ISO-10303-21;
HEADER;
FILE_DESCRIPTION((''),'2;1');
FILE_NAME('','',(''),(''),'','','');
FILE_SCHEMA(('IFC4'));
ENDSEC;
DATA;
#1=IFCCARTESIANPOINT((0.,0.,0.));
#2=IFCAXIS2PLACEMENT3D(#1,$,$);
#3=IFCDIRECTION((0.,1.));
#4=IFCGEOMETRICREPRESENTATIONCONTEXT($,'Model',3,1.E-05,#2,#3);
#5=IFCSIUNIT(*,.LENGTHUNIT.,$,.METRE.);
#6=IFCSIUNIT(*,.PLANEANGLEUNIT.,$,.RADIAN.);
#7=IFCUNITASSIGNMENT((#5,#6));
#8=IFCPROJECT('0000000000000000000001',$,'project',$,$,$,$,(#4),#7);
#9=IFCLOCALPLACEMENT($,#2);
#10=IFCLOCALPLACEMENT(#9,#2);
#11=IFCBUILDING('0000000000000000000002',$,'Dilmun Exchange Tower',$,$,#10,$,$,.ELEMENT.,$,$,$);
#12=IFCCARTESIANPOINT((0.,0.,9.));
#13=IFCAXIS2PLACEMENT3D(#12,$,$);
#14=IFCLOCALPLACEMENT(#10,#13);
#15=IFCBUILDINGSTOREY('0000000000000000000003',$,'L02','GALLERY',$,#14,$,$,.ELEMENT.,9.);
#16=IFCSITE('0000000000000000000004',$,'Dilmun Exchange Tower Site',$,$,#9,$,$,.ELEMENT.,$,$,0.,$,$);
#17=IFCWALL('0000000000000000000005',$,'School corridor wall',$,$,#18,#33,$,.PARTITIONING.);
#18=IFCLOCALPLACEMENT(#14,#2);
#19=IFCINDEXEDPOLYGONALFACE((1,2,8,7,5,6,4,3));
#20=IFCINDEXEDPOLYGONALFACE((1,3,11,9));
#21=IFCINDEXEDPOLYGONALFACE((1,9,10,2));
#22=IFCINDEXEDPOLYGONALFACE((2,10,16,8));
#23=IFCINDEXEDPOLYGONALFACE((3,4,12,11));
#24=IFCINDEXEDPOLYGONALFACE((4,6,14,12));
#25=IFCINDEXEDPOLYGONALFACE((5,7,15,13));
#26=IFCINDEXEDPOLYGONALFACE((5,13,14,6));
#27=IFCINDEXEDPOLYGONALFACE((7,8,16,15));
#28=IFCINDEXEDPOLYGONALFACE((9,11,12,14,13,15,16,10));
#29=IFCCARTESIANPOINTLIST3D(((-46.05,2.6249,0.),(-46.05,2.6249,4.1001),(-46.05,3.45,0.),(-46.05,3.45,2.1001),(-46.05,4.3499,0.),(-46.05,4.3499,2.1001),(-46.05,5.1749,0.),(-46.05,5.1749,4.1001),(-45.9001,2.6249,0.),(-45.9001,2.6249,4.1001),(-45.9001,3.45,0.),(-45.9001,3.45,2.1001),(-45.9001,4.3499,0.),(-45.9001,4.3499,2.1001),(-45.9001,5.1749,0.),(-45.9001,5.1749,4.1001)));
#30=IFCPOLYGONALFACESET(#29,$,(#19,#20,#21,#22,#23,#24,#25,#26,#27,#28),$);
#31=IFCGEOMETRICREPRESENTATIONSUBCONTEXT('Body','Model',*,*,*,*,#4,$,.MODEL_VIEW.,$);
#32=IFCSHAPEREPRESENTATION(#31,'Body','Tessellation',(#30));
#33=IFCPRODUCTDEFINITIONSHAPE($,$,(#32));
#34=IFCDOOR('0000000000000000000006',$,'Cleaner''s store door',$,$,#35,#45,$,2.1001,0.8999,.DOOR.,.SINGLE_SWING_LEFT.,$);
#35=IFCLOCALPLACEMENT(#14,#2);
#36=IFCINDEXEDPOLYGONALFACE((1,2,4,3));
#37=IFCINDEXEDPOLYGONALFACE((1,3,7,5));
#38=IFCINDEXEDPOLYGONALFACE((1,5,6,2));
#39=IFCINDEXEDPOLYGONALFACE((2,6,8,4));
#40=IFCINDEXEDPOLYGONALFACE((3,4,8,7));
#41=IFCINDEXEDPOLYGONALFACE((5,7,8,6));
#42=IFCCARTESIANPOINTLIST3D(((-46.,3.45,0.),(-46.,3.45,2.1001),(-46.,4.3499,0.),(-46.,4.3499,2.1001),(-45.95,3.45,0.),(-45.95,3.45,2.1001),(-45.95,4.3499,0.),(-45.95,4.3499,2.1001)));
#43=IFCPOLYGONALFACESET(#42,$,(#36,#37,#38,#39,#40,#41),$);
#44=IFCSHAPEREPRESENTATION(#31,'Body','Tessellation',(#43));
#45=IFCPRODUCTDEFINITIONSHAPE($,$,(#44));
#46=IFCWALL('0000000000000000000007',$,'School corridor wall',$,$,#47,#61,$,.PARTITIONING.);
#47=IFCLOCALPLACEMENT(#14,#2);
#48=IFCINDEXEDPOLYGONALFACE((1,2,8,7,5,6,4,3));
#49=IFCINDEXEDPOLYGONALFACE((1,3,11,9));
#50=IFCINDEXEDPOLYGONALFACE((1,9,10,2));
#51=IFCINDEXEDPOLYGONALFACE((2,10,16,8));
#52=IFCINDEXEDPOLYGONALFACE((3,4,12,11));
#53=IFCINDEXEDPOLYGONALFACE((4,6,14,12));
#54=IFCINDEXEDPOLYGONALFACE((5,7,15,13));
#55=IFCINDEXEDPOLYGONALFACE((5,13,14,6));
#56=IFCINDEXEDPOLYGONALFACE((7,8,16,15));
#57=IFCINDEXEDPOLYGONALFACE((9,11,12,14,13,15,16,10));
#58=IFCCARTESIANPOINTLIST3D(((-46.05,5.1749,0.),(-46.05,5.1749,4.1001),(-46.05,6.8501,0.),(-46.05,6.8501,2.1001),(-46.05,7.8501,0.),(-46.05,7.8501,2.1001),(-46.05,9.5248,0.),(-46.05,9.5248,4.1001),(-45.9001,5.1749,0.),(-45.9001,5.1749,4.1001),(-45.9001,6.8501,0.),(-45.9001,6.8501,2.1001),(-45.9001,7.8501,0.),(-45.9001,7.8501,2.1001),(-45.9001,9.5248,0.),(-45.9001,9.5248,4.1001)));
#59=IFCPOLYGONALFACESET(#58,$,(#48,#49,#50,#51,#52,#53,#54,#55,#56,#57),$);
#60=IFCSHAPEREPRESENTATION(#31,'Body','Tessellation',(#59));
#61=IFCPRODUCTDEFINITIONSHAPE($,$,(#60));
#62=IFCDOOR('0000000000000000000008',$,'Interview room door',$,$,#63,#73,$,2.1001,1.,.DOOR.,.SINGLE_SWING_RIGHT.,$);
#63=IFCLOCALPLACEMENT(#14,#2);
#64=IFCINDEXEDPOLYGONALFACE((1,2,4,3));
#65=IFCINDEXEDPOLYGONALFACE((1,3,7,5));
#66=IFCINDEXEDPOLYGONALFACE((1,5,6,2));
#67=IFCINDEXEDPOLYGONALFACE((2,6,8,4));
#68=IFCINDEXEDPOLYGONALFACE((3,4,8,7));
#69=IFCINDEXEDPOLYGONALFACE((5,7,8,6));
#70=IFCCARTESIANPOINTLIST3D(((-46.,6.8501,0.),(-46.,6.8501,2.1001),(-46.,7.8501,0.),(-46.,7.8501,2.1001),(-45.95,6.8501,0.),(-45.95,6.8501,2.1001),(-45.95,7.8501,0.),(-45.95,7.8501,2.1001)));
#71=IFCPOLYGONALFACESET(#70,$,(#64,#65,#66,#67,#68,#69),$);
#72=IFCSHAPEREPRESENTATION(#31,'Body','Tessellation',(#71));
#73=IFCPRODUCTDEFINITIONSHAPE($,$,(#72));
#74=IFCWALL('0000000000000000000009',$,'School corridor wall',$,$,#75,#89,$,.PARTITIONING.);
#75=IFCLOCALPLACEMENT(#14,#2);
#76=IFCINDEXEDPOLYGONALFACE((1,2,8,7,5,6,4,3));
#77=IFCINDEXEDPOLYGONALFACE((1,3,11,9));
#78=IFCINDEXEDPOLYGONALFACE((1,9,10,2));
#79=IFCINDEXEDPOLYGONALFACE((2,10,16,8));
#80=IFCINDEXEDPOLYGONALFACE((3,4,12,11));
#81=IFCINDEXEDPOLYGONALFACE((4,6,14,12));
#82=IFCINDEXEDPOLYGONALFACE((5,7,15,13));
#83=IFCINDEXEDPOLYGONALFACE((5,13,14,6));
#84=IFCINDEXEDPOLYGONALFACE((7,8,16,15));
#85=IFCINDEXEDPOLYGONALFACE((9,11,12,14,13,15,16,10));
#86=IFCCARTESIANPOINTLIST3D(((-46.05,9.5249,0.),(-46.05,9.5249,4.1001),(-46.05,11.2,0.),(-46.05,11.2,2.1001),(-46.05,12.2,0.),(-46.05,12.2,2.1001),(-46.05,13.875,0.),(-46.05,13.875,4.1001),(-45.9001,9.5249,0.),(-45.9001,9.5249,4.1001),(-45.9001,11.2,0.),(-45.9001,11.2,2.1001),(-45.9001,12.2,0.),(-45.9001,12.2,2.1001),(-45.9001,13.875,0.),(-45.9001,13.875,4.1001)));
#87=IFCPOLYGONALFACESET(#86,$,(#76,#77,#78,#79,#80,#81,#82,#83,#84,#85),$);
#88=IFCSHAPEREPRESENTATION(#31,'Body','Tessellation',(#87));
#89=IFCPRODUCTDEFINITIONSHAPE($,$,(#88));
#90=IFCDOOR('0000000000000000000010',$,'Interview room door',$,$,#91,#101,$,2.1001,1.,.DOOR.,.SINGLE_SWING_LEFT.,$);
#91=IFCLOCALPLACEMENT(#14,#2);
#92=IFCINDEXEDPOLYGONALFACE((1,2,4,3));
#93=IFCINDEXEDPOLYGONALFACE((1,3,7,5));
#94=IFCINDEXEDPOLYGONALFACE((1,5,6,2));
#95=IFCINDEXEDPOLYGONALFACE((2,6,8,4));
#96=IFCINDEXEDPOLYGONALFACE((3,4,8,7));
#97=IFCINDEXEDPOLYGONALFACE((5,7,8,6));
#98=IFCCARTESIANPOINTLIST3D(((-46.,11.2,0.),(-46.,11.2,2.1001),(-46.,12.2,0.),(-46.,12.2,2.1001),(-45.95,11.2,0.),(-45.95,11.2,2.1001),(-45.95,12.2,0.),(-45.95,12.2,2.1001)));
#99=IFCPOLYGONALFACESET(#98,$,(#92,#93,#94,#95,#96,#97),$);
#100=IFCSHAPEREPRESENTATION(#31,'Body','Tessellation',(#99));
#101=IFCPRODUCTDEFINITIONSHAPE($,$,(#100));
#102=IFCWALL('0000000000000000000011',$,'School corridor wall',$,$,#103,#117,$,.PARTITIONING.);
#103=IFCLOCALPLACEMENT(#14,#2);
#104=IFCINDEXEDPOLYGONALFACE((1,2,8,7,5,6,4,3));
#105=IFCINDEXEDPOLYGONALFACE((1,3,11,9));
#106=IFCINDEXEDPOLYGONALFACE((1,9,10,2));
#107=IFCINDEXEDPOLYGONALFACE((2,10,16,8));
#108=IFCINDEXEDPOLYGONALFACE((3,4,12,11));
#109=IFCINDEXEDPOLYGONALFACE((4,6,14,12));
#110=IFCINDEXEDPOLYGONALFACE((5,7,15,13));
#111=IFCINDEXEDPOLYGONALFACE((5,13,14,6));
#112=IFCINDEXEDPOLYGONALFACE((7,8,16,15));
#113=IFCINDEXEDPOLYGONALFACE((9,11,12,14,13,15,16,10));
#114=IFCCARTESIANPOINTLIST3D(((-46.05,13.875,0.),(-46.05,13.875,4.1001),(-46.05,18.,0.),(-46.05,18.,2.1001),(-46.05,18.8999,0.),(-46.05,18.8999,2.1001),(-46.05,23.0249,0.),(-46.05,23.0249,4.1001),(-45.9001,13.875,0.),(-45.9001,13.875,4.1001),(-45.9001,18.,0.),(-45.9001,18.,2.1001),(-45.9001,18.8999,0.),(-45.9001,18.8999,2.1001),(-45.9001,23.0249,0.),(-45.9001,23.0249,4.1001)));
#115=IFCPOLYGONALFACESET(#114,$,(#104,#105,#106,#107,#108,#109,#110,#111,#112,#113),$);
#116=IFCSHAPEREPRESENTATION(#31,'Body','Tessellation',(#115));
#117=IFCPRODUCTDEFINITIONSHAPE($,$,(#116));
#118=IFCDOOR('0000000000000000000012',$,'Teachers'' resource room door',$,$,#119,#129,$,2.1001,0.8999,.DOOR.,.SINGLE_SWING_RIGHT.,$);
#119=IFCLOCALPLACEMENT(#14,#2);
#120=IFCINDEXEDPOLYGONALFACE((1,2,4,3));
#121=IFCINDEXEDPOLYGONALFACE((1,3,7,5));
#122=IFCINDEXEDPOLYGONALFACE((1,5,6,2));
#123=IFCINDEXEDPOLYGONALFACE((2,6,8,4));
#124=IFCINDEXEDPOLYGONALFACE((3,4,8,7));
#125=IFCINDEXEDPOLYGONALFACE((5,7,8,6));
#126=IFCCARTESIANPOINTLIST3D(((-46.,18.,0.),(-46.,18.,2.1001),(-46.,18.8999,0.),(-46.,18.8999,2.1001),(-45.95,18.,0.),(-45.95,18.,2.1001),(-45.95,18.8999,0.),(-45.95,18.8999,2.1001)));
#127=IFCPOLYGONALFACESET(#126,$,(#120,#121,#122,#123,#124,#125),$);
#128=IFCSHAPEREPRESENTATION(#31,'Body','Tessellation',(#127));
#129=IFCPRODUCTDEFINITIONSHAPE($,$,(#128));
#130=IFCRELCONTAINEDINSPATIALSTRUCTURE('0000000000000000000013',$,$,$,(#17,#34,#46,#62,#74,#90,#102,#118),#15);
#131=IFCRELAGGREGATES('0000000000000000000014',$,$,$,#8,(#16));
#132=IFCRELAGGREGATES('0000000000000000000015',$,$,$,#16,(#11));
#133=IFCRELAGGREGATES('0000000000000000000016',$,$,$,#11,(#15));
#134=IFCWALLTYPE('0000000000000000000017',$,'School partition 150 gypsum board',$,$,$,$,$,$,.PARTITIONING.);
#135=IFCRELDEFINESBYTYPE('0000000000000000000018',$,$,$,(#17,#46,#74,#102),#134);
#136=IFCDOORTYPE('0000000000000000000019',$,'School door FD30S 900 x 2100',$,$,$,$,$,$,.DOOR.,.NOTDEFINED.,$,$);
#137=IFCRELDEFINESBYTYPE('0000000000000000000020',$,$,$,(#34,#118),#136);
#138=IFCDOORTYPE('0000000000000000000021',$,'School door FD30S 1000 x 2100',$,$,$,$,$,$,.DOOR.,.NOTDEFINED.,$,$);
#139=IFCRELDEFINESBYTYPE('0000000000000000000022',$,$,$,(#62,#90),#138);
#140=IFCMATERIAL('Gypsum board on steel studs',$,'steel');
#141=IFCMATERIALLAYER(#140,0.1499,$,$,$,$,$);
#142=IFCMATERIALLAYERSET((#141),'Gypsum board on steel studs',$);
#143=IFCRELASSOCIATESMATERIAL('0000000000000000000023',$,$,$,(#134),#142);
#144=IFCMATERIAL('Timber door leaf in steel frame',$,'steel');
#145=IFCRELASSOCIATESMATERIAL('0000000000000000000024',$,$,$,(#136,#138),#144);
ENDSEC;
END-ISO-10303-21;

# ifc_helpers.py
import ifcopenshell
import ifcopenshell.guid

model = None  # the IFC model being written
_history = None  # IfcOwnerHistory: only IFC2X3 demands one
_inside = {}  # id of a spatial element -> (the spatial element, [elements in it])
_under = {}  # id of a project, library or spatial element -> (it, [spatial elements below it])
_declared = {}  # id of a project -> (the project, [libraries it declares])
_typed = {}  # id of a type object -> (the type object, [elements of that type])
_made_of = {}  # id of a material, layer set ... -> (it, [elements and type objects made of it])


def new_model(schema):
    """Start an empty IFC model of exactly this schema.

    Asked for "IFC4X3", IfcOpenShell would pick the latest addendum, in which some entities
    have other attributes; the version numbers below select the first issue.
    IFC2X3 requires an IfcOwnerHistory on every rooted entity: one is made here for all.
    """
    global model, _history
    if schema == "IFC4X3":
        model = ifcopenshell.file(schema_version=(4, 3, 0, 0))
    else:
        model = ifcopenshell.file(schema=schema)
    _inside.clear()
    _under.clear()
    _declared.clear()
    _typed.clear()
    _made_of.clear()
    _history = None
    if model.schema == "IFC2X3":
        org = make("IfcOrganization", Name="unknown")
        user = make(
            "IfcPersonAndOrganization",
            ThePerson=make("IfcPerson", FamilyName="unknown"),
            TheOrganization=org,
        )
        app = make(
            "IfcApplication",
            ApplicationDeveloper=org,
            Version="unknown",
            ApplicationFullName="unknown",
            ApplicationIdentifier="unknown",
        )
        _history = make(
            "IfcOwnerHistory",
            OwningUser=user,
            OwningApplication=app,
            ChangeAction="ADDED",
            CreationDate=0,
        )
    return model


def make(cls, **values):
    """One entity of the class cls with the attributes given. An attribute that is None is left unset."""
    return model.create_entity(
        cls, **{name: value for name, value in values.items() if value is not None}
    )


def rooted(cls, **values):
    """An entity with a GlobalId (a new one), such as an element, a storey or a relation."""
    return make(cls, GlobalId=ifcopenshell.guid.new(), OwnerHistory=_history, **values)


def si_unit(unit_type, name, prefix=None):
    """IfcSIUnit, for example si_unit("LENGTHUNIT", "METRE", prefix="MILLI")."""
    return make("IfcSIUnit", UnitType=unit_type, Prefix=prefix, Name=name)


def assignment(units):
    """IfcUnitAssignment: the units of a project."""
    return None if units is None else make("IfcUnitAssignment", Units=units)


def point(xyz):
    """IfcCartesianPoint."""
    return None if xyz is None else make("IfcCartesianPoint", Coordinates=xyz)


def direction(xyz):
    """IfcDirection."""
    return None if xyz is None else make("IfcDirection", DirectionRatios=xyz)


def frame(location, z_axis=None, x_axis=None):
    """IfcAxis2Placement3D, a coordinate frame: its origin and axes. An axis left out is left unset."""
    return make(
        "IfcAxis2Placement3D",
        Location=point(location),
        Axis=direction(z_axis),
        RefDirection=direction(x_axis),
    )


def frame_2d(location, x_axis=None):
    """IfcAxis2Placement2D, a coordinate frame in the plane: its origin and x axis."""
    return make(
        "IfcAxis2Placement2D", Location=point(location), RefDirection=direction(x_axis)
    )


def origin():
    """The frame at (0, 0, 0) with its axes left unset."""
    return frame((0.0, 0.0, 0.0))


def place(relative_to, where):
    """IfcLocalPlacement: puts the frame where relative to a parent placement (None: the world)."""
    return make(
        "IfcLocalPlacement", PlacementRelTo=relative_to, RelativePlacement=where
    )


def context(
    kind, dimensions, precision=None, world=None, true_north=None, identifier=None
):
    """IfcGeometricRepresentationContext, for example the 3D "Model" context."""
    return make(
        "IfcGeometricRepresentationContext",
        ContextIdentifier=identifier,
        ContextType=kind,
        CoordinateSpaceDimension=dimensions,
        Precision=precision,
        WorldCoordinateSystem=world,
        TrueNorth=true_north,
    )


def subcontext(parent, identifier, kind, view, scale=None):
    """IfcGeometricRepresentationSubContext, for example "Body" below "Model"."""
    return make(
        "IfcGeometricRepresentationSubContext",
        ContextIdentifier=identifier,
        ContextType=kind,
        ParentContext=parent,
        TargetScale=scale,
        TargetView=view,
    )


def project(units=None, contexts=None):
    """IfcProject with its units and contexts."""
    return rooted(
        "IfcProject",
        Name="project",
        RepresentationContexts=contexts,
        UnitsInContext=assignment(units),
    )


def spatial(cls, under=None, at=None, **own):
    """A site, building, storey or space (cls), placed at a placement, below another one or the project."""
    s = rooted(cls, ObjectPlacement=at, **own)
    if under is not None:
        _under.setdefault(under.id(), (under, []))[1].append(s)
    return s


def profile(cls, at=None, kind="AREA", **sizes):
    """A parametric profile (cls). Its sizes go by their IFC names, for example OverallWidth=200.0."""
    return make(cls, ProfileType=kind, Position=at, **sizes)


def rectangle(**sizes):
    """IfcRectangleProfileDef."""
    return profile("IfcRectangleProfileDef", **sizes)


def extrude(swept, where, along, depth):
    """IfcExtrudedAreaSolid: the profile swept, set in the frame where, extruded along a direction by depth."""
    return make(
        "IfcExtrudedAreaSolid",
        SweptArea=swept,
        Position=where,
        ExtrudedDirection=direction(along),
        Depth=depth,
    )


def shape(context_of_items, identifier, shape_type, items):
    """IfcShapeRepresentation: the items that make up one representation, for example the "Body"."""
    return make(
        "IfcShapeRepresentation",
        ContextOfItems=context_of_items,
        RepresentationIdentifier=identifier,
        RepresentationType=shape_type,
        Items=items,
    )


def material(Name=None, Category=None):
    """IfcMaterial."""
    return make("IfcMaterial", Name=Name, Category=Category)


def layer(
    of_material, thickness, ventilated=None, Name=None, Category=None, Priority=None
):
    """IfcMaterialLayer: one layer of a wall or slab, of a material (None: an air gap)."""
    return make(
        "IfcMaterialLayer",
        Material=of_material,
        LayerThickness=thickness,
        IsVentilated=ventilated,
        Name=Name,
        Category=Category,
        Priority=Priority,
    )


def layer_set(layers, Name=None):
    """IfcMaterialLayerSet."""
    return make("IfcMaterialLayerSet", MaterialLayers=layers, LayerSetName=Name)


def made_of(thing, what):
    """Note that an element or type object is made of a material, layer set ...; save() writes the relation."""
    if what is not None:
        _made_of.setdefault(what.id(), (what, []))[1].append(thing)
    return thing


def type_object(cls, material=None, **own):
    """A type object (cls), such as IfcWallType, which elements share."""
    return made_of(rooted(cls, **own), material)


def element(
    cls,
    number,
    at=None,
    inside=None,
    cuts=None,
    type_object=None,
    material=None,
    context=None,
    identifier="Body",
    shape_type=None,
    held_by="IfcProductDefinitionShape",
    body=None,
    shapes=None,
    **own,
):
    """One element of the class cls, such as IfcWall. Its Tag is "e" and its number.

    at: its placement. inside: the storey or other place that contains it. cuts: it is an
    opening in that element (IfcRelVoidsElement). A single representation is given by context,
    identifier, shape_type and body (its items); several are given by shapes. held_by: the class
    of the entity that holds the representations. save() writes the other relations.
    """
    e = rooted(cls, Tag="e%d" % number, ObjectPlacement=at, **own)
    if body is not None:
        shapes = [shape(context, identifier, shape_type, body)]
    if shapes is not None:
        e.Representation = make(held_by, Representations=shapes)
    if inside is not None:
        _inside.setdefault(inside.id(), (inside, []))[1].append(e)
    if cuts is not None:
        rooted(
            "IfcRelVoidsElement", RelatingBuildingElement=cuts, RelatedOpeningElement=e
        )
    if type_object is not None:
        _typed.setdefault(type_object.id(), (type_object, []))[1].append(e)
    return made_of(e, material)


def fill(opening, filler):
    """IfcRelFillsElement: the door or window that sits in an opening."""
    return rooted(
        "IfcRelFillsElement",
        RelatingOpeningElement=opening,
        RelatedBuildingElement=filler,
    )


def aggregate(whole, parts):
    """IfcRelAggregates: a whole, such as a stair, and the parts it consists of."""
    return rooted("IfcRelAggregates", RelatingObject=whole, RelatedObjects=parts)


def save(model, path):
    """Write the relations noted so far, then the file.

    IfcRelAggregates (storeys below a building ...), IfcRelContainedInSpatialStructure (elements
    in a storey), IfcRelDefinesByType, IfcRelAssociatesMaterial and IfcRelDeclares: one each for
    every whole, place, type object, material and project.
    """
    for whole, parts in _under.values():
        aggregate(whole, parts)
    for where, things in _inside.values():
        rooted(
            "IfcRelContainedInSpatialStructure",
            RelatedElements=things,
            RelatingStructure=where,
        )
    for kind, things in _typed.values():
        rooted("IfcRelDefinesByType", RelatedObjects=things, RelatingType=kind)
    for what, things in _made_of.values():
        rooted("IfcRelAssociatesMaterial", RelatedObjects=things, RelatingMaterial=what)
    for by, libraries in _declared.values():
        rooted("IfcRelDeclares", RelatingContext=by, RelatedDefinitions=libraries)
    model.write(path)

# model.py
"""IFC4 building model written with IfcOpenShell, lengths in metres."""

from ifc_helpers import new_model, si_unit, direction, frame, frame_2d, origin, place, context, subcontext, project, spatial, rectangle, extrude, material, layer, layer_set, type_object, element, fill, save


model = new_model("IFC4")

# Units and contexts
model_context = context("Model", 3, precision=1e-05, world=origin(), true_north=direction((0.0, 1.0)))
body_context = subcontext(model_context, "Body", "Model", "MODEL_VIEW")
ifc_project = project(units=[si_unit("LENGTHUNIT", "METRE"), si_unit("PLANEANGLEUNIT", "RADIAN")], contexts=[model_context])

# Site, building, storey
site_placement = place(None, origin())
site = spatial("IfcSite", under=ifc_project, at=site_placement, Name="Dilmun Exchange Tower Site", CompositionType="ELEMENT", RefElevation=0.0)
building_placement = place(site_placement, origin())
building = spatial("IfcBuilding", under=site, at=building_placement, Name="Dilmun Exchange Tower", CompositionType="ELEMENT")
storey_placement = place(building_placement, frame((0.0, 0.0, 9.0)))
storey = spatial("IfcBuildingStorey", under=building, at=storey_placement, Name="L02", Description="GALLERY", CompositionType="ELEMENT", Elevation=9.0)

# Shared definitions
ifc_material_1 = material(Name="Gypsum board on steel studs", Category="steel")
ifc_layer_1 = layer(ifc_material_1, 0.1499)
ifc_layer_set_1 = layer_set([ifc_layer_1], Name="Gypsum board on steel studs")
wall_type_1 = type_object("IfcWallType", Name="School partition 150 gypsum board", PredefinedType="PARTITIONING", material=ifc_layer_set_1)

# Walls, openings, doors
ifc_material_2 = material(Name="Timber door leaf in steel frame", Category="steel")
door_type_1 = type_object("IfcDoorType", Name="School door FD30S 900 x 2100", OperationType="NOTDEFINED", PredefinedType="DOOR", material=ifc_material_2)
door_type_2 = type_object("IfcDoorType", Name="School door FD30S 1000 x 2100", OperationType="NOTDEFINED", PredefinedType="DOOR", material=ifc_material_2)
wall_1_placement = place(storey_placement, frame((-45.9751, 2.625, 0.0), z_axis=(0.0, 0.0, 1.0), x_axis=(0.0, 1.0, 0.0)))
wall_1 = element("IfcWall", 1, at=wall_1_placement, inside=storey, type_object=wall_type_1, Name="School corridor wall", PredefinedType="PARTITIONING", context=body_context, shape_type="SweptSolid", body=[
    extrude(rectangle(XDim=2.55, YDim=0.1499, at=frame_2d((1.2749, 0.0))), origin(), (0.0, 0.0, 1.0), 4.1001),
])
opening_1_placement = place(wall_1_placement, frame((0.825, 0.0, 0.0)))
opening_1 = element("IfcOpeningElement", 2, at=opening_1_placement, cuts=wall_1, PredefinedType="OPENING", context=body_context, shape_type="SweptSolid", body=[
    extrude(rectangle(XDim=0.8999, YDim=2.1001, at=frame_2d((0.45, 1.05))), frame((0.0, 0.085, 0.0), z_axis=(0.0, -1.0, 0.0), x_axis=(1.0, 0.0, 0.0)), (0.0, 0.0, 1.0), 0.1699),
])
door_1_placement = place(opening_1_placement, origin())
door_1 = element("IfcDoor", 3, at=door_1_placement, inside=storey, type_object=door_type_1, Name="Cleaner's store door", OperationType="SINGLE_SWING_LEFT", OverallHeight=2.1001, OverallWidth=0.8999, PredefinedType="DOOR", context=body_context, shape_type="SweptSolid", body=[
    extrude(rectangle(XDim=0.8999, YDim=2.1001, at=frame_2d((0.45, 1.05))), frame((0.0, 0.0249, 0.0), z_axis=(0.0, -1.0, 0.0), x_axis=(1.0, 0.0, 0.0)), (0.0, 0.0, 1.0), 0.05),
])
fill(opening_1, door_1)
wall_2_placement = place(storey_placement, frame((-45.9751, 5.175, 0.0), z_axis=(0.0, 0.0, 1.0), x_axis=(0.0, 1.0, 0.0)))
wall_2 = element("IfcWall", 4, at=wall_2_placement, inside=storey, type_object=wall_type_1, Name="School corridor wall", PredefinedType="PARTITIONING", context=body_context, shape_type="SweptSolid", body=[
    extrude(rectangle(XDim=4.3499, YDim=0.1499, at=frame_2d((2.1748, 0.0))), origin(), (0.0, 0.0, 1.0), 4.1001),
])
opening_2_placement = place(wall_2_placement, frame((1.675, 0.0, 0.0)))
opening_2 = element("IfcOpeningElement", 5, at=opening_2_placement, cuts=wall_2, PredefinedType="OPENING", context=body_context, shape_type="SweptSolid", body=[
    extrude(rectangle(XDim=1.0, YDim=2.1001, at=frame_2d((0.5, 1.05))), frame((0.0, 0.085, 0.0), z_axis=(0.0, -1.0, 0.0), x_axis=(1.0, 0.0, 0.0)), (0.0, 0.0, 1.0), 0.1699),
])
door_2_placement = place(opening_2_placement, origin())
door_2 = element("IfcDoor", 6, at=door_2_placement, inside=storey, type_object=door_type_2, Name="Interview room door", OperationType="SINGLE_SWING_RIGHT", OverallHeight=2.1001, OverallWidth=1.0, PredefinedType="DOOR", context=body_context, shape_type="SweptSolid", body=[
    extrude(rectangle(XDim=1.0, YDim=2.1001, at=frame_2d((0.5, 1.05))), frame((0.0, 0.0249, 0.0), z_axis=(0.0, -1.0, 0.0), x_axis=(1.0, 0.0, 0.0)), (0.0, 0.0, 1.0), 0.05),
])
fill(opening_2, door_2)
wall_3_placement = place(storey_placement, frame((-45.9751, 9.5249, 0.0), z_axis=(0.0, 0.0, 1.0), x_axis=(0.0, 1.0, 0.0)))
wall_3 = element("IfcWall", 7, at=wall_3_placement, inside=storey, type_object=wall_type_1, Name="School corridor wall", PredefinedType="PARTITIONING", context=body_context, shape_type="SweptSolid", body=[
    extrude(rectangle(XDim=4.3501, YDim=0.1499, at=frame_2d((2.175, 0.0))), origin(), (0.0, 0.0, 1.0), 4.1001),
])
opening_3_placement = place(wall_3_placement, frame((1.675, 0.0, 0.0)))
opening_3 = element("IfcOpeningElement", 8, at=opening_3_placement, cuts=wall_3, PredefinedType="OPENING", context=body_context, shape_type="SweptSolid", body=[
    extrude(rectangle(XDim=1.0, YDim=2.1001, at=frame_2d((0.5, 1.05))), frame((0.0, 0.085, 0.0), z_axis=(0.0, -1.0, 0.0), x_axis=(1.0, 0.0, 0.0)), (0.0, 0.0, 1.0), 0.1699),
])
door_3_placement = place(opening_3_placement, origin())
door_3 = element("IfcDoor", 9, at=door_3_placement, inside=storey, type_object=door_type_2, Name="Interview room door", OperationType="SINGLE_SWING_LEFT", OverallHeight=2.1001, OverallWidth=1.0, PredefinedType="DOOR", context=body_context, shape_type="SweptSolid", body=[
    extrude(rectangle(XDim=1.0, YDim=2.1001, at=frame_2d((0.5, 1.05))), frame((0.0, 0.0249, 0.0), z_axis=(0.0, -1.0, 0.0), x_axis=(1.0, 0.0, 0.0)), (0.0, 0.0, 1.0), 0.05),
])
fill(opening_3, door_3)
wall_4_placement = place(storey_placement, frame((-45.9751, 13.875, 0.0), z_axis=(0.0, 0.0, 1.0), x_axis=(0.0, 1.0, 0.0)))
wall_4 = element("IfcWall", 10, at=wall_4_placement, inside=storey, type_object=wall_type_1, Name="School corridor wall", PredefinedType="PARTITIONING", context=body_context, shape_type="SweptSolid", body=[
    extrude(rectangle(XDim=9.1499, YDim=0.1499, at=frame_2d((4.575, 0.0))), origin(), (0.0, 0.0, 1.0), 4.1001),
])
opening_4_placement = place(wall_4_placement, frame((4.125, 0.0, 0.0)))
opening_4 = element("IfcOpeningElement", 11, at=opening_4_placement, cuts=wall_4, PredefinedType="OPENING", context=body_context, shape_type="SweptSolid", body=[
    extrude(rectangle(XDim=0.8999, YDim=2.1001, at=frame_2d((0.45, 1.05))), frame((0.0, 0.085, 0.0), z_axis=(0.0, -1.0, 0.0), x_axis=(1.0, 0.0, 0.0)), (0.0, 0.0, 1.0), 0.1699),
])
door_4_placement = place(opening_4_placement, origin())
door_4 = element("IfcDoor", 12, at=door_4_placement, inside=storey, type_object=door_type_1, Name="Teachers' resource room door", OperationType="SINGLE_SWING_RIGHT", OverallHeight=2.1001, OverallWidth=0.8999, PredefinedType="DOOR", context=body_context, shape_type="SweptSolid", body=[
    extrude(rectangle(XDim=0.8999, YDim=2.1001, at=frame_2d((0.45, 1.05))), frame((0.0, 0.0249, 0.0), z_axis=(0.0, -1.0, 0.0), x_axis=(1.0, 0.0, 0.0)), (0.0, 0.0, 1.0), 0.05),
])
fill(opening_4, door_4)

save(model, "model.ifc")
